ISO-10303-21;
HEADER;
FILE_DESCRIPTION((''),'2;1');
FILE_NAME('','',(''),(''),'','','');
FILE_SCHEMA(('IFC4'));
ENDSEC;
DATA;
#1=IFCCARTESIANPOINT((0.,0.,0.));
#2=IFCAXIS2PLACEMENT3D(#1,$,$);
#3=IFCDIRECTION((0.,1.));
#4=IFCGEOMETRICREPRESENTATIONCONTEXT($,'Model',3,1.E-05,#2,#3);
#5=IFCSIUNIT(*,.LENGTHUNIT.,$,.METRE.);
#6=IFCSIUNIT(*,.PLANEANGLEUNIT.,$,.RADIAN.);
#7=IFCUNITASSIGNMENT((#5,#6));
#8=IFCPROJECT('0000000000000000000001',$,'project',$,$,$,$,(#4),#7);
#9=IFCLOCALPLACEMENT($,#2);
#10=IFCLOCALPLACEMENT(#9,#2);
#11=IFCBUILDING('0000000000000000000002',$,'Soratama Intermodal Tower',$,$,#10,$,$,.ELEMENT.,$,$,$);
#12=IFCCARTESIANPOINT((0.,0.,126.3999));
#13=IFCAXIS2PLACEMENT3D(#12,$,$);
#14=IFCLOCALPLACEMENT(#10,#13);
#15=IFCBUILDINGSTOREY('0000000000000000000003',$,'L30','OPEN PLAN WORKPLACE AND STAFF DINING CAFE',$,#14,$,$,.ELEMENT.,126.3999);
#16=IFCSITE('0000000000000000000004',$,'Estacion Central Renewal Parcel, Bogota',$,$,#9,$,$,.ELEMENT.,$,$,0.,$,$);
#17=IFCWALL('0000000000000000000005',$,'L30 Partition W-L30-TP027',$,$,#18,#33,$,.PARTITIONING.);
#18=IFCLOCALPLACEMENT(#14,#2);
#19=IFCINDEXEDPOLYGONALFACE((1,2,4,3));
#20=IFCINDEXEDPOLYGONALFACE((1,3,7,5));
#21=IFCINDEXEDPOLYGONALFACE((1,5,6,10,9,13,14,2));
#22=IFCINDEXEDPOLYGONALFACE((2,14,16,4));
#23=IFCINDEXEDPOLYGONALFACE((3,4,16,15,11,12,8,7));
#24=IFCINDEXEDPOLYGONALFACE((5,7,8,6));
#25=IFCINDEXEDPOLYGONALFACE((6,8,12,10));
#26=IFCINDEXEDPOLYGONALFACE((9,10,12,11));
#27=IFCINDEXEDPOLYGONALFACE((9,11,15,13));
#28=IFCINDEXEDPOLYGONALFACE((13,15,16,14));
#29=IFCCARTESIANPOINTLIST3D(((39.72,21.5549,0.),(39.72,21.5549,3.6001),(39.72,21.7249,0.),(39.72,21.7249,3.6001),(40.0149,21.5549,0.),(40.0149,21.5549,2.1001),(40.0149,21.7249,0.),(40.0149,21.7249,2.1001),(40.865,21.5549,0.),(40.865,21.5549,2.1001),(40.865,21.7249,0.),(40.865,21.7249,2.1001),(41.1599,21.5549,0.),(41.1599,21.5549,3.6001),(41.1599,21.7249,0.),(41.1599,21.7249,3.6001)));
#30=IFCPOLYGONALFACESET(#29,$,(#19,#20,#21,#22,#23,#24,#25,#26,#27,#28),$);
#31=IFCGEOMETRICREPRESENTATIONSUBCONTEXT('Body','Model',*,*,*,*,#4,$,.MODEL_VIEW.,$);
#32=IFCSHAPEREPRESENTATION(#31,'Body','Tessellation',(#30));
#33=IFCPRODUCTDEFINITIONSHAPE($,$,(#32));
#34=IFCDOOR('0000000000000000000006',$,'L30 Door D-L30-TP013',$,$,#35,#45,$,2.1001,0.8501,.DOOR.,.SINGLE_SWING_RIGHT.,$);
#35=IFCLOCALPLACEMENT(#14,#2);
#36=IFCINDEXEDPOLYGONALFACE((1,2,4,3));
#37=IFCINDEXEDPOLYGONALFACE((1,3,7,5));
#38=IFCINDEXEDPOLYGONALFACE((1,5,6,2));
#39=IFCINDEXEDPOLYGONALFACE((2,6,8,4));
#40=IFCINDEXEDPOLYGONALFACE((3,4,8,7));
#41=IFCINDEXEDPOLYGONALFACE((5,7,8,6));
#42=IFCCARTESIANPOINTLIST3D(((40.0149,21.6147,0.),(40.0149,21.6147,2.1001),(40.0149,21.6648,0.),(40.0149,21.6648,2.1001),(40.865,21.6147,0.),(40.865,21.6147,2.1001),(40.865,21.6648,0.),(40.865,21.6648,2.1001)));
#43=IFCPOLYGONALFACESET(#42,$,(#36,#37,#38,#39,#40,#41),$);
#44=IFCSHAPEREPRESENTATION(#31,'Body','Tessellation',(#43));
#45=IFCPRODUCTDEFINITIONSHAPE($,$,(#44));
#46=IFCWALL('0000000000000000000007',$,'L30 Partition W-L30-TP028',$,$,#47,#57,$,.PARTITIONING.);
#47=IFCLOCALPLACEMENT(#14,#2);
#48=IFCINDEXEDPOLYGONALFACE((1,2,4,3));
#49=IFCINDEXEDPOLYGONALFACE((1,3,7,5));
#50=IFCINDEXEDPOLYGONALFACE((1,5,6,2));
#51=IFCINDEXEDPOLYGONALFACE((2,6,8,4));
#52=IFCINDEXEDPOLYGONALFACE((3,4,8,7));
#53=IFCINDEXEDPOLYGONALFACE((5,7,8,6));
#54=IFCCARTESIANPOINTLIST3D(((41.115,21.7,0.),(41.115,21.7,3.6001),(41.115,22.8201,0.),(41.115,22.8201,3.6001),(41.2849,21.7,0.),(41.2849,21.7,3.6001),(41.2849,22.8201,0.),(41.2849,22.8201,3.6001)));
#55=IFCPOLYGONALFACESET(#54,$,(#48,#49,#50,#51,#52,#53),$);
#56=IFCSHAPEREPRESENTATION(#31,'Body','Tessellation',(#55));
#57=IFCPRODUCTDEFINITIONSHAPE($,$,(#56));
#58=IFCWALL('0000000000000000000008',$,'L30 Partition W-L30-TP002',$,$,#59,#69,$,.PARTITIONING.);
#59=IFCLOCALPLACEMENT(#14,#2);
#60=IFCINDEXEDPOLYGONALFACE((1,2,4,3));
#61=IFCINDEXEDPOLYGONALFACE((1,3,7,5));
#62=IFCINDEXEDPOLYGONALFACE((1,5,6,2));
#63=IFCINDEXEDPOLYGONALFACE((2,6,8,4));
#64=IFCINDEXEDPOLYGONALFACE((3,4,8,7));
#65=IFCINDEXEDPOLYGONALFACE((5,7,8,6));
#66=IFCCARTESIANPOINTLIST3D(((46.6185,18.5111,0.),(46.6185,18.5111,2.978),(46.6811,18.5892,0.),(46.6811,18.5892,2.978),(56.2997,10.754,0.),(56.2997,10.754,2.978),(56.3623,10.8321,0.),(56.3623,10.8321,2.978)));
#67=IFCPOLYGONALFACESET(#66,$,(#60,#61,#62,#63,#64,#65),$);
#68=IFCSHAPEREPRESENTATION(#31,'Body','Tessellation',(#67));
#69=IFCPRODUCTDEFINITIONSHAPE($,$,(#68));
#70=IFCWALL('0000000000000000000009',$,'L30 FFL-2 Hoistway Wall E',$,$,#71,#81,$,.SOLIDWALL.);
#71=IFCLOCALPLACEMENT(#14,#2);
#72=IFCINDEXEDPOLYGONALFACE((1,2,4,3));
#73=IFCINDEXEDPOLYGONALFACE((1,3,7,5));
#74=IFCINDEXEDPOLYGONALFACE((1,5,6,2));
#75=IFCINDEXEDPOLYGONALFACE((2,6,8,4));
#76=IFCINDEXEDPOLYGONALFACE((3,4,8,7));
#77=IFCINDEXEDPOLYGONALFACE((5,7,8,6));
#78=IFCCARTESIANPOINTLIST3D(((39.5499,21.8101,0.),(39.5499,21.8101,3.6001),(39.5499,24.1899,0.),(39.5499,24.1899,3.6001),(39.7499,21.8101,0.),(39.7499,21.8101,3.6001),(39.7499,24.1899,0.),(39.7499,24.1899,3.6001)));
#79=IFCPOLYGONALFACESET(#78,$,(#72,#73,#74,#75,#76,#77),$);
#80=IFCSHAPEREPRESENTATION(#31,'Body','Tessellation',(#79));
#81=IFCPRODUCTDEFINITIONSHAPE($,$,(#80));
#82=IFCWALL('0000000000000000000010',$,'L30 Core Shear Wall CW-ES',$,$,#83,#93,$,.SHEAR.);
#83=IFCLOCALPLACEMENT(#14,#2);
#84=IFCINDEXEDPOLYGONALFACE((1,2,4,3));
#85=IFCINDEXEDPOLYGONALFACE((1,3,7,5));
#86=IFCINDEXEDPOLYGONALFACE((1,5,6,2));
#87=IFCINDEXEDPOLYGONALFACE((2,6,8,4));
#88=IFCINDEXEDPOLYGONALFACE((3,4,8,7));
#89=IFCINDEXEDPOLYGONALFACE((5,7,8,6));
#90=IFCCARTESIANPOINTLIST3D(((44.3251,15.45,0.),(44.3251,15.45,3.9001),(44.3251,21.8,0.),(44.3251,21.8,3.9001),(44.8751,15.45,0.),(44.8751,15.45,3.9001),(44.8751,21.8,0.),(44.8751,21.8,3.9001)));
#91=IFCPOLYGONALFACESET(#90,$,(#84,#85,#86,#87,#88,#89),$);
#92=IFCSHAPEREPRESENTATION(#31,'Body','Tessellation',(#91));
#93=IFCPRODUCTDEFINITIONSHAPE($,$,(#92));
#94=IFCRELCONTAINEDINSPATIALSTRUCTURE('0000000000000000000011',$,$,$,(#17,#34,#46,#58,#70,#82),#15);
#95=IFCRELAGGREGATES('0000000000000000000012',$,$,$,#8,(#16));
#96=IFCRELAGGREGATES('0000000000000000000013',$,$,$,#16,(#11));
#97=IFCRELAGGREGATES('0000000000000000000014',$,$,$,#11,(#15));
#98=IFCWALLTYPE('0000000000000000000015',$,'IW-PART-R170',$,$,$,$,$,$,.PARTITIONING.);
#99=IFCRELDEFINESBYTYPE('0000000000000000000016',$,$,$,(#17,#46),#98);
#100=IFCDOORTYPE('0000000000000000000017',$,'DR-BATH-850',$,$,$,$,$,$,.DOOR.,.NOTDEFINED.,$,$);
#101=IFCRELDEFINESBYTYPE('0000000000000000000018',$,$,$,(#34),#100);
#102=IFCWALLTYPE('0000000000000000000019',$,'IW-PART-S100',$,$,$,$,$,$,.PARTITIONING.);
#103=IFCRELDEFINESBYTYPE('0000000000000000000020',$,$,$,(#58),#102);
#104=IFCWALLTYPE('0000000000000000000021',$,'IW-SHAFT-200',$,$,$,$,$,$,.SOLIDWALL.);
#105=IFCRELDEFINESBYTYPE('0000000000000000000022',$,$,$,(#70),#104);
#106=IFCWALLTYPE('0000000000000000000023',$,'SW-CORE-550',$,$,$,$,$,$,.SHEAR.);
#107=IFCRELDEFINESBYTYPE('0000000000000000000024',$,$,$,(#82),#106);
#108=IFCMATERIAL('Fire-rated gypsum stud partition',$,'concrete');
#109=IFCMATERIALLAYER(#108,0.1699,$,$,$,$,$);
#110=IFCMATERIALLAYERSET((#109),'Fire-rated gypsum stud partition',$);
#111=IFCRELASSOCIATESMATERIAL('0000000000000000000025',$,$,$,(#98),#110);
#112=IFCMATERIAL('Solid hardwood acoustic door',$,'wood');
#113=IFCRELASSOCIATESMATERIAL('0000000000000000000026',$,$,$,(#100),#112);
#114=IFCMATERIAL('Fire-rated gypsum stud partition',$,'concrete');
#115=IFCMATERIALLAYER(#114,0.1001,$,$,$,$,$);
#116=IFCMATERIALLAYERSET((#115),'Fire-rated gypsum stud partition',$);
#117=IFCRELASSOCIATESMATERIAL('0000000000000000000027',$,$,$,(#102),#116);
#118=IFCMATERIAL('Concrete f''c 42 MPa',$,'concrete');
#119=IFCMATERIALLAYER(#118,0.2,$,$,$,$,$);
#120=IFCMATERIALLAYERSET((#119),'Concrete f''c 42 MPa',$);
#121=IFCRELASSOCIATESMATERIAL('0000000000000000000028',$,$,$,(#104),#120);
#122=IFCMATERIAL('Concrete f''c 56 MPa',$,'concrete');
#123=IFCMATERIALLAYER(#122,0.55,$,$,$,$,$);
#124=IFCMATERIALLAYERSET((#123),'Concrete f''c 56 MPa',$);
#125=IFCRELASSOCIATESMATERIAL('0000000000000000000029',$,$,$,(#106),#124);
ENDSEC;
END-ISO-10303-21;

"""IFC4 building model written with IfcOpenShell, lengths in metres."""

from ifc_helpers import new_model, si_unit, direction, frame, frame_2d, origin, place, context, subcontext, project, spatial, rectangle, extrude, material, layer, layer_set, type_object, element, fill, save


model = new_model("IFC4")

# Units and contexts
model_context = context("Model", 3, precision=1e-05, world=origin(), true_north=direction((0.0, 1.0)))
body_context = subcontext(model_context, "Body", "Model", "MODEL_VIEW")
ifc_project = project(units=[si_unit("LENGTHUNIT", "METRE"), si_unit("PLANEANGLEUNIT", "RADIAN")], contexts=[model_context])

# Site, building, storey
site_placement = place(None, origin())
site = spatial("IfcSite", under=ifc_project, at=site_placement, Name="Estacion Central Renewal Parcel, Bogota", CompositionType="ELEMENT", RefElevation=0.0)
building_placement = place(site_placement, origin())
building = spatial("IfcBuilding", under=site, at=building_placement, Name="Soratama Intermodal Tower", CompositionType="ELEMENT")
storey_placement = place(building_placement, frame((0.0, 0.0, 126.3999)))
storey = spatial("IfcBuildingStorey", under=building, at=storey_placement, Name="L30", Description="OPEN PLAN WORKPLACE AND STAFF DINING CAFE", CompositionType="ELEMENT", Elevation=126.3999)

# Wall, opening, door
ifc_material_1 = material(Name="Fire-rated gypsum stud partition", Category="concrete")
ifc_layer_1 = layer(ifc_material_1, 0.1699)
ifc_layer_set_1 = layer_set([ifc_layer_1], Name="Fire-rated gypsum stud partition")
wall_type_1 = type_object("IfcWallType", Name="IW-PART-R170", PredefinedType="PARTITIONING", material=ifc_layer_set_1)
wall_1_placement = place(storey_placement, frame((39.72, 21.6399, 0.0), z_axis=(0.0, 0.0, 1.0), x_axis=(1.0, 0.0, 0.0)))
wall_1 = element("IfcWall", 1, at=wall_1_placement, inside=storey, type_object=wall_type_1, Name="L30 Partition W-L30-TP027", PredefinedType="PARTITIONING", context=body_context, shape_type="SweptSolid", body=[
    extrude(rectangle(XDim=1.4399, YDim=0.1699, at=frame_2d((0.72, 0.0))), origin(), (0.0, 0.0, 1.0), 3.6001),
])
opening_1_placement = place(wall_1_placement, frame((0.2949, 0.0, 0.0)))
opening_1 = element("IfcOpeningElement", 2, at=opening_1_placement, cuts=wall_1, PredefinedType="OPENING", context=body_context, shape_type="SweptSolid", body=[
    extrude(rectangle(XDim=0.8501, YDim=2.1001, at=frame_2d((0.425, 1.05))), frame((0.0, 0.095, 0.0), z_axis=(0.0, -1.0, 0.0), x_axis=(1.0, 0.0, 0.0)), (0.0, 0.0, 1.0), 0.1899),
])
ifc_material_2 = material(Name="Solid hardwood acoustic door", Category="wood")
door_type_1 = type_object("IfcDoorType", Name="DR-BATH-850", OperationType="NOTDEFINED", PredefinedType="DOOR", material=ifc_material_2)
door_1_placement = place(opening_1_placement, origin())
door_1 = element("IfcDoor", 3, at=door_1_placement, inside=storey, type_object=door_type_1, Name="L30 Door D-L30-TP013", OperationType="SINGLE_SWING_RIGHT", OverallHeight=2.1001, OverallWidth=0.8501, PredefinedType="DOOR", context=body_context, shape_type="SweptSolid", body=[
    extrude(rectangle(XDim=0.8501, YDim=2.1001, at=frame_2d((0.425, 1.05))), frame((0.0, 0.0249, 0.0), z_axis=(0.0, -1.0, 0.0), x_axis=(1.0, 0.0, 0.0)), (0.0, 0.0, 1.0), 0.05),
])
fill(opening_1, door_1)

# Walls
wall_2_placement = place(storey_placement, frame((41.2, 21.7, 0.0), z_axis=(0.0, 0.0, 1.0), x_axis=(0.0, 1.0, 0.0)))
element("IfcWall", 4, at=wall_2_placement, inside=storey, type_object=wall_type_1, Name="L30 Partition W-L30-TP028", PredefinedType="PARTITIONING", context=body_context, shape_type="SweptSolid", body=[
    extrude(rectangle(XDim=1.1201, YDim=0.1699, at=frame_2d((0.5601, 0.0))), origin(), (0.0, 0.0, 1.0), 3.6001),
])
ifc_material_3 = material(Name="Fire-rated gypsum stud partition", Category="concrete")
ifc_layer_2 = layer(ifc_material_3, 0.1001)
ifc_layer_set_2 = layer_set([ifc_layer_2], Name="Fire-rated gypsum stud partition")
wall_type_2 = type_object("IfcWallType", Name="IW-PART-S100", PredefinedType="PARTITIONING", material=ifc_layer_set_2)
wall_3_placement = place(storey_placement, frame((46.6499, 18.55, 0.0), z_axis=(0.0, 0.0, 1.0), x_axis=(0.780391, -0.625292, 0.0)))
element("IfcWall", 5, at=wall_3_placement, inside=storey, type_object=wall_type_2, Name="L30 Partition W-L30-TP002", PredefinedType="PARTITIONING", context=body_context, shape_type="SweptSolid", body=[
    extrude(rectangle(XDim=12.4055, YDim=0.1001, at=frame_2d((6.2026, 0.0))), origin(), (0.0, 0.0, 1.0), 2.978),
])
ifc_material_4 = material(Name="Concrete f'c 42 MPa", Category="concrete")
ifc_layer_3 = layer(ifc_material_4, 0.2)
ifc_layer_set_3 = layer_set([ifc_layer_3], Name="Concrete f'c 42 MPa")
wall_type_3 = type_object("IfcWallType", Name="IW-SHAFT-200", PredefinedType="SOLIDWALL", material=ifc_layer_set_3)
wall_4_placement = place(storey_placement, frame((39.6499, 21.8101, 0.0), z_axis=(0.0, 0.0, 1.0), x_axis=(0.0, 1.0, 0.0)))
element("IfcWall", 6, at=wall_4_placement, inside=storey, type_object=wall_type_3, Name="L30 FFL-2 Hoistway Wall E", PredefinedType="SOLIDWALL", context=body_context, shape_type="SweptSolid", body=[
    extrude(rectangle(XDim=2.3799, YDim=0.2, at=frame_2d((1.1899, 0.0))), origin(), (0.0, 0.0, 1.0), 3.6001),
])
ifc_material_5 = material(Name="Concrete f'c 56 MPa", Category="concrete")
ifc_layer_4 = layer(ifc_material_5, 0.55)
ifc_layer_set_4 = layer_set([ifc_layer_4], Name="Concrete f'c 56 MPa")
wall_type_4 = type_object("IfcWallType", Name="SW-CORE-550", PredefinedType="SHEAR", material=ifc_layer_set_4)
wall_5_placement = place(storey_placement, frame((44.6001, 15.45, 0.0), z_axis=(0.0, 0.0, 1.0), x_axis=(0.0, 1.0, 0.0)))
element("IfcWall", 7, at=wall_5_placement, inside=storey, type_object=wall_type_4, Name="L30 Core Shear Wall CW-ES", PredefinedType="SHEAR", context=body_context, shape_type="SweptSolid", body=[
    extrude(rectangle(XDim=6.3501, YDim=0.55, at=frame_2d((3.175, 0.0))), origin(), (0.0, 0.0, 1.0), 3.9001),
])

save(model, "model.ifc")
